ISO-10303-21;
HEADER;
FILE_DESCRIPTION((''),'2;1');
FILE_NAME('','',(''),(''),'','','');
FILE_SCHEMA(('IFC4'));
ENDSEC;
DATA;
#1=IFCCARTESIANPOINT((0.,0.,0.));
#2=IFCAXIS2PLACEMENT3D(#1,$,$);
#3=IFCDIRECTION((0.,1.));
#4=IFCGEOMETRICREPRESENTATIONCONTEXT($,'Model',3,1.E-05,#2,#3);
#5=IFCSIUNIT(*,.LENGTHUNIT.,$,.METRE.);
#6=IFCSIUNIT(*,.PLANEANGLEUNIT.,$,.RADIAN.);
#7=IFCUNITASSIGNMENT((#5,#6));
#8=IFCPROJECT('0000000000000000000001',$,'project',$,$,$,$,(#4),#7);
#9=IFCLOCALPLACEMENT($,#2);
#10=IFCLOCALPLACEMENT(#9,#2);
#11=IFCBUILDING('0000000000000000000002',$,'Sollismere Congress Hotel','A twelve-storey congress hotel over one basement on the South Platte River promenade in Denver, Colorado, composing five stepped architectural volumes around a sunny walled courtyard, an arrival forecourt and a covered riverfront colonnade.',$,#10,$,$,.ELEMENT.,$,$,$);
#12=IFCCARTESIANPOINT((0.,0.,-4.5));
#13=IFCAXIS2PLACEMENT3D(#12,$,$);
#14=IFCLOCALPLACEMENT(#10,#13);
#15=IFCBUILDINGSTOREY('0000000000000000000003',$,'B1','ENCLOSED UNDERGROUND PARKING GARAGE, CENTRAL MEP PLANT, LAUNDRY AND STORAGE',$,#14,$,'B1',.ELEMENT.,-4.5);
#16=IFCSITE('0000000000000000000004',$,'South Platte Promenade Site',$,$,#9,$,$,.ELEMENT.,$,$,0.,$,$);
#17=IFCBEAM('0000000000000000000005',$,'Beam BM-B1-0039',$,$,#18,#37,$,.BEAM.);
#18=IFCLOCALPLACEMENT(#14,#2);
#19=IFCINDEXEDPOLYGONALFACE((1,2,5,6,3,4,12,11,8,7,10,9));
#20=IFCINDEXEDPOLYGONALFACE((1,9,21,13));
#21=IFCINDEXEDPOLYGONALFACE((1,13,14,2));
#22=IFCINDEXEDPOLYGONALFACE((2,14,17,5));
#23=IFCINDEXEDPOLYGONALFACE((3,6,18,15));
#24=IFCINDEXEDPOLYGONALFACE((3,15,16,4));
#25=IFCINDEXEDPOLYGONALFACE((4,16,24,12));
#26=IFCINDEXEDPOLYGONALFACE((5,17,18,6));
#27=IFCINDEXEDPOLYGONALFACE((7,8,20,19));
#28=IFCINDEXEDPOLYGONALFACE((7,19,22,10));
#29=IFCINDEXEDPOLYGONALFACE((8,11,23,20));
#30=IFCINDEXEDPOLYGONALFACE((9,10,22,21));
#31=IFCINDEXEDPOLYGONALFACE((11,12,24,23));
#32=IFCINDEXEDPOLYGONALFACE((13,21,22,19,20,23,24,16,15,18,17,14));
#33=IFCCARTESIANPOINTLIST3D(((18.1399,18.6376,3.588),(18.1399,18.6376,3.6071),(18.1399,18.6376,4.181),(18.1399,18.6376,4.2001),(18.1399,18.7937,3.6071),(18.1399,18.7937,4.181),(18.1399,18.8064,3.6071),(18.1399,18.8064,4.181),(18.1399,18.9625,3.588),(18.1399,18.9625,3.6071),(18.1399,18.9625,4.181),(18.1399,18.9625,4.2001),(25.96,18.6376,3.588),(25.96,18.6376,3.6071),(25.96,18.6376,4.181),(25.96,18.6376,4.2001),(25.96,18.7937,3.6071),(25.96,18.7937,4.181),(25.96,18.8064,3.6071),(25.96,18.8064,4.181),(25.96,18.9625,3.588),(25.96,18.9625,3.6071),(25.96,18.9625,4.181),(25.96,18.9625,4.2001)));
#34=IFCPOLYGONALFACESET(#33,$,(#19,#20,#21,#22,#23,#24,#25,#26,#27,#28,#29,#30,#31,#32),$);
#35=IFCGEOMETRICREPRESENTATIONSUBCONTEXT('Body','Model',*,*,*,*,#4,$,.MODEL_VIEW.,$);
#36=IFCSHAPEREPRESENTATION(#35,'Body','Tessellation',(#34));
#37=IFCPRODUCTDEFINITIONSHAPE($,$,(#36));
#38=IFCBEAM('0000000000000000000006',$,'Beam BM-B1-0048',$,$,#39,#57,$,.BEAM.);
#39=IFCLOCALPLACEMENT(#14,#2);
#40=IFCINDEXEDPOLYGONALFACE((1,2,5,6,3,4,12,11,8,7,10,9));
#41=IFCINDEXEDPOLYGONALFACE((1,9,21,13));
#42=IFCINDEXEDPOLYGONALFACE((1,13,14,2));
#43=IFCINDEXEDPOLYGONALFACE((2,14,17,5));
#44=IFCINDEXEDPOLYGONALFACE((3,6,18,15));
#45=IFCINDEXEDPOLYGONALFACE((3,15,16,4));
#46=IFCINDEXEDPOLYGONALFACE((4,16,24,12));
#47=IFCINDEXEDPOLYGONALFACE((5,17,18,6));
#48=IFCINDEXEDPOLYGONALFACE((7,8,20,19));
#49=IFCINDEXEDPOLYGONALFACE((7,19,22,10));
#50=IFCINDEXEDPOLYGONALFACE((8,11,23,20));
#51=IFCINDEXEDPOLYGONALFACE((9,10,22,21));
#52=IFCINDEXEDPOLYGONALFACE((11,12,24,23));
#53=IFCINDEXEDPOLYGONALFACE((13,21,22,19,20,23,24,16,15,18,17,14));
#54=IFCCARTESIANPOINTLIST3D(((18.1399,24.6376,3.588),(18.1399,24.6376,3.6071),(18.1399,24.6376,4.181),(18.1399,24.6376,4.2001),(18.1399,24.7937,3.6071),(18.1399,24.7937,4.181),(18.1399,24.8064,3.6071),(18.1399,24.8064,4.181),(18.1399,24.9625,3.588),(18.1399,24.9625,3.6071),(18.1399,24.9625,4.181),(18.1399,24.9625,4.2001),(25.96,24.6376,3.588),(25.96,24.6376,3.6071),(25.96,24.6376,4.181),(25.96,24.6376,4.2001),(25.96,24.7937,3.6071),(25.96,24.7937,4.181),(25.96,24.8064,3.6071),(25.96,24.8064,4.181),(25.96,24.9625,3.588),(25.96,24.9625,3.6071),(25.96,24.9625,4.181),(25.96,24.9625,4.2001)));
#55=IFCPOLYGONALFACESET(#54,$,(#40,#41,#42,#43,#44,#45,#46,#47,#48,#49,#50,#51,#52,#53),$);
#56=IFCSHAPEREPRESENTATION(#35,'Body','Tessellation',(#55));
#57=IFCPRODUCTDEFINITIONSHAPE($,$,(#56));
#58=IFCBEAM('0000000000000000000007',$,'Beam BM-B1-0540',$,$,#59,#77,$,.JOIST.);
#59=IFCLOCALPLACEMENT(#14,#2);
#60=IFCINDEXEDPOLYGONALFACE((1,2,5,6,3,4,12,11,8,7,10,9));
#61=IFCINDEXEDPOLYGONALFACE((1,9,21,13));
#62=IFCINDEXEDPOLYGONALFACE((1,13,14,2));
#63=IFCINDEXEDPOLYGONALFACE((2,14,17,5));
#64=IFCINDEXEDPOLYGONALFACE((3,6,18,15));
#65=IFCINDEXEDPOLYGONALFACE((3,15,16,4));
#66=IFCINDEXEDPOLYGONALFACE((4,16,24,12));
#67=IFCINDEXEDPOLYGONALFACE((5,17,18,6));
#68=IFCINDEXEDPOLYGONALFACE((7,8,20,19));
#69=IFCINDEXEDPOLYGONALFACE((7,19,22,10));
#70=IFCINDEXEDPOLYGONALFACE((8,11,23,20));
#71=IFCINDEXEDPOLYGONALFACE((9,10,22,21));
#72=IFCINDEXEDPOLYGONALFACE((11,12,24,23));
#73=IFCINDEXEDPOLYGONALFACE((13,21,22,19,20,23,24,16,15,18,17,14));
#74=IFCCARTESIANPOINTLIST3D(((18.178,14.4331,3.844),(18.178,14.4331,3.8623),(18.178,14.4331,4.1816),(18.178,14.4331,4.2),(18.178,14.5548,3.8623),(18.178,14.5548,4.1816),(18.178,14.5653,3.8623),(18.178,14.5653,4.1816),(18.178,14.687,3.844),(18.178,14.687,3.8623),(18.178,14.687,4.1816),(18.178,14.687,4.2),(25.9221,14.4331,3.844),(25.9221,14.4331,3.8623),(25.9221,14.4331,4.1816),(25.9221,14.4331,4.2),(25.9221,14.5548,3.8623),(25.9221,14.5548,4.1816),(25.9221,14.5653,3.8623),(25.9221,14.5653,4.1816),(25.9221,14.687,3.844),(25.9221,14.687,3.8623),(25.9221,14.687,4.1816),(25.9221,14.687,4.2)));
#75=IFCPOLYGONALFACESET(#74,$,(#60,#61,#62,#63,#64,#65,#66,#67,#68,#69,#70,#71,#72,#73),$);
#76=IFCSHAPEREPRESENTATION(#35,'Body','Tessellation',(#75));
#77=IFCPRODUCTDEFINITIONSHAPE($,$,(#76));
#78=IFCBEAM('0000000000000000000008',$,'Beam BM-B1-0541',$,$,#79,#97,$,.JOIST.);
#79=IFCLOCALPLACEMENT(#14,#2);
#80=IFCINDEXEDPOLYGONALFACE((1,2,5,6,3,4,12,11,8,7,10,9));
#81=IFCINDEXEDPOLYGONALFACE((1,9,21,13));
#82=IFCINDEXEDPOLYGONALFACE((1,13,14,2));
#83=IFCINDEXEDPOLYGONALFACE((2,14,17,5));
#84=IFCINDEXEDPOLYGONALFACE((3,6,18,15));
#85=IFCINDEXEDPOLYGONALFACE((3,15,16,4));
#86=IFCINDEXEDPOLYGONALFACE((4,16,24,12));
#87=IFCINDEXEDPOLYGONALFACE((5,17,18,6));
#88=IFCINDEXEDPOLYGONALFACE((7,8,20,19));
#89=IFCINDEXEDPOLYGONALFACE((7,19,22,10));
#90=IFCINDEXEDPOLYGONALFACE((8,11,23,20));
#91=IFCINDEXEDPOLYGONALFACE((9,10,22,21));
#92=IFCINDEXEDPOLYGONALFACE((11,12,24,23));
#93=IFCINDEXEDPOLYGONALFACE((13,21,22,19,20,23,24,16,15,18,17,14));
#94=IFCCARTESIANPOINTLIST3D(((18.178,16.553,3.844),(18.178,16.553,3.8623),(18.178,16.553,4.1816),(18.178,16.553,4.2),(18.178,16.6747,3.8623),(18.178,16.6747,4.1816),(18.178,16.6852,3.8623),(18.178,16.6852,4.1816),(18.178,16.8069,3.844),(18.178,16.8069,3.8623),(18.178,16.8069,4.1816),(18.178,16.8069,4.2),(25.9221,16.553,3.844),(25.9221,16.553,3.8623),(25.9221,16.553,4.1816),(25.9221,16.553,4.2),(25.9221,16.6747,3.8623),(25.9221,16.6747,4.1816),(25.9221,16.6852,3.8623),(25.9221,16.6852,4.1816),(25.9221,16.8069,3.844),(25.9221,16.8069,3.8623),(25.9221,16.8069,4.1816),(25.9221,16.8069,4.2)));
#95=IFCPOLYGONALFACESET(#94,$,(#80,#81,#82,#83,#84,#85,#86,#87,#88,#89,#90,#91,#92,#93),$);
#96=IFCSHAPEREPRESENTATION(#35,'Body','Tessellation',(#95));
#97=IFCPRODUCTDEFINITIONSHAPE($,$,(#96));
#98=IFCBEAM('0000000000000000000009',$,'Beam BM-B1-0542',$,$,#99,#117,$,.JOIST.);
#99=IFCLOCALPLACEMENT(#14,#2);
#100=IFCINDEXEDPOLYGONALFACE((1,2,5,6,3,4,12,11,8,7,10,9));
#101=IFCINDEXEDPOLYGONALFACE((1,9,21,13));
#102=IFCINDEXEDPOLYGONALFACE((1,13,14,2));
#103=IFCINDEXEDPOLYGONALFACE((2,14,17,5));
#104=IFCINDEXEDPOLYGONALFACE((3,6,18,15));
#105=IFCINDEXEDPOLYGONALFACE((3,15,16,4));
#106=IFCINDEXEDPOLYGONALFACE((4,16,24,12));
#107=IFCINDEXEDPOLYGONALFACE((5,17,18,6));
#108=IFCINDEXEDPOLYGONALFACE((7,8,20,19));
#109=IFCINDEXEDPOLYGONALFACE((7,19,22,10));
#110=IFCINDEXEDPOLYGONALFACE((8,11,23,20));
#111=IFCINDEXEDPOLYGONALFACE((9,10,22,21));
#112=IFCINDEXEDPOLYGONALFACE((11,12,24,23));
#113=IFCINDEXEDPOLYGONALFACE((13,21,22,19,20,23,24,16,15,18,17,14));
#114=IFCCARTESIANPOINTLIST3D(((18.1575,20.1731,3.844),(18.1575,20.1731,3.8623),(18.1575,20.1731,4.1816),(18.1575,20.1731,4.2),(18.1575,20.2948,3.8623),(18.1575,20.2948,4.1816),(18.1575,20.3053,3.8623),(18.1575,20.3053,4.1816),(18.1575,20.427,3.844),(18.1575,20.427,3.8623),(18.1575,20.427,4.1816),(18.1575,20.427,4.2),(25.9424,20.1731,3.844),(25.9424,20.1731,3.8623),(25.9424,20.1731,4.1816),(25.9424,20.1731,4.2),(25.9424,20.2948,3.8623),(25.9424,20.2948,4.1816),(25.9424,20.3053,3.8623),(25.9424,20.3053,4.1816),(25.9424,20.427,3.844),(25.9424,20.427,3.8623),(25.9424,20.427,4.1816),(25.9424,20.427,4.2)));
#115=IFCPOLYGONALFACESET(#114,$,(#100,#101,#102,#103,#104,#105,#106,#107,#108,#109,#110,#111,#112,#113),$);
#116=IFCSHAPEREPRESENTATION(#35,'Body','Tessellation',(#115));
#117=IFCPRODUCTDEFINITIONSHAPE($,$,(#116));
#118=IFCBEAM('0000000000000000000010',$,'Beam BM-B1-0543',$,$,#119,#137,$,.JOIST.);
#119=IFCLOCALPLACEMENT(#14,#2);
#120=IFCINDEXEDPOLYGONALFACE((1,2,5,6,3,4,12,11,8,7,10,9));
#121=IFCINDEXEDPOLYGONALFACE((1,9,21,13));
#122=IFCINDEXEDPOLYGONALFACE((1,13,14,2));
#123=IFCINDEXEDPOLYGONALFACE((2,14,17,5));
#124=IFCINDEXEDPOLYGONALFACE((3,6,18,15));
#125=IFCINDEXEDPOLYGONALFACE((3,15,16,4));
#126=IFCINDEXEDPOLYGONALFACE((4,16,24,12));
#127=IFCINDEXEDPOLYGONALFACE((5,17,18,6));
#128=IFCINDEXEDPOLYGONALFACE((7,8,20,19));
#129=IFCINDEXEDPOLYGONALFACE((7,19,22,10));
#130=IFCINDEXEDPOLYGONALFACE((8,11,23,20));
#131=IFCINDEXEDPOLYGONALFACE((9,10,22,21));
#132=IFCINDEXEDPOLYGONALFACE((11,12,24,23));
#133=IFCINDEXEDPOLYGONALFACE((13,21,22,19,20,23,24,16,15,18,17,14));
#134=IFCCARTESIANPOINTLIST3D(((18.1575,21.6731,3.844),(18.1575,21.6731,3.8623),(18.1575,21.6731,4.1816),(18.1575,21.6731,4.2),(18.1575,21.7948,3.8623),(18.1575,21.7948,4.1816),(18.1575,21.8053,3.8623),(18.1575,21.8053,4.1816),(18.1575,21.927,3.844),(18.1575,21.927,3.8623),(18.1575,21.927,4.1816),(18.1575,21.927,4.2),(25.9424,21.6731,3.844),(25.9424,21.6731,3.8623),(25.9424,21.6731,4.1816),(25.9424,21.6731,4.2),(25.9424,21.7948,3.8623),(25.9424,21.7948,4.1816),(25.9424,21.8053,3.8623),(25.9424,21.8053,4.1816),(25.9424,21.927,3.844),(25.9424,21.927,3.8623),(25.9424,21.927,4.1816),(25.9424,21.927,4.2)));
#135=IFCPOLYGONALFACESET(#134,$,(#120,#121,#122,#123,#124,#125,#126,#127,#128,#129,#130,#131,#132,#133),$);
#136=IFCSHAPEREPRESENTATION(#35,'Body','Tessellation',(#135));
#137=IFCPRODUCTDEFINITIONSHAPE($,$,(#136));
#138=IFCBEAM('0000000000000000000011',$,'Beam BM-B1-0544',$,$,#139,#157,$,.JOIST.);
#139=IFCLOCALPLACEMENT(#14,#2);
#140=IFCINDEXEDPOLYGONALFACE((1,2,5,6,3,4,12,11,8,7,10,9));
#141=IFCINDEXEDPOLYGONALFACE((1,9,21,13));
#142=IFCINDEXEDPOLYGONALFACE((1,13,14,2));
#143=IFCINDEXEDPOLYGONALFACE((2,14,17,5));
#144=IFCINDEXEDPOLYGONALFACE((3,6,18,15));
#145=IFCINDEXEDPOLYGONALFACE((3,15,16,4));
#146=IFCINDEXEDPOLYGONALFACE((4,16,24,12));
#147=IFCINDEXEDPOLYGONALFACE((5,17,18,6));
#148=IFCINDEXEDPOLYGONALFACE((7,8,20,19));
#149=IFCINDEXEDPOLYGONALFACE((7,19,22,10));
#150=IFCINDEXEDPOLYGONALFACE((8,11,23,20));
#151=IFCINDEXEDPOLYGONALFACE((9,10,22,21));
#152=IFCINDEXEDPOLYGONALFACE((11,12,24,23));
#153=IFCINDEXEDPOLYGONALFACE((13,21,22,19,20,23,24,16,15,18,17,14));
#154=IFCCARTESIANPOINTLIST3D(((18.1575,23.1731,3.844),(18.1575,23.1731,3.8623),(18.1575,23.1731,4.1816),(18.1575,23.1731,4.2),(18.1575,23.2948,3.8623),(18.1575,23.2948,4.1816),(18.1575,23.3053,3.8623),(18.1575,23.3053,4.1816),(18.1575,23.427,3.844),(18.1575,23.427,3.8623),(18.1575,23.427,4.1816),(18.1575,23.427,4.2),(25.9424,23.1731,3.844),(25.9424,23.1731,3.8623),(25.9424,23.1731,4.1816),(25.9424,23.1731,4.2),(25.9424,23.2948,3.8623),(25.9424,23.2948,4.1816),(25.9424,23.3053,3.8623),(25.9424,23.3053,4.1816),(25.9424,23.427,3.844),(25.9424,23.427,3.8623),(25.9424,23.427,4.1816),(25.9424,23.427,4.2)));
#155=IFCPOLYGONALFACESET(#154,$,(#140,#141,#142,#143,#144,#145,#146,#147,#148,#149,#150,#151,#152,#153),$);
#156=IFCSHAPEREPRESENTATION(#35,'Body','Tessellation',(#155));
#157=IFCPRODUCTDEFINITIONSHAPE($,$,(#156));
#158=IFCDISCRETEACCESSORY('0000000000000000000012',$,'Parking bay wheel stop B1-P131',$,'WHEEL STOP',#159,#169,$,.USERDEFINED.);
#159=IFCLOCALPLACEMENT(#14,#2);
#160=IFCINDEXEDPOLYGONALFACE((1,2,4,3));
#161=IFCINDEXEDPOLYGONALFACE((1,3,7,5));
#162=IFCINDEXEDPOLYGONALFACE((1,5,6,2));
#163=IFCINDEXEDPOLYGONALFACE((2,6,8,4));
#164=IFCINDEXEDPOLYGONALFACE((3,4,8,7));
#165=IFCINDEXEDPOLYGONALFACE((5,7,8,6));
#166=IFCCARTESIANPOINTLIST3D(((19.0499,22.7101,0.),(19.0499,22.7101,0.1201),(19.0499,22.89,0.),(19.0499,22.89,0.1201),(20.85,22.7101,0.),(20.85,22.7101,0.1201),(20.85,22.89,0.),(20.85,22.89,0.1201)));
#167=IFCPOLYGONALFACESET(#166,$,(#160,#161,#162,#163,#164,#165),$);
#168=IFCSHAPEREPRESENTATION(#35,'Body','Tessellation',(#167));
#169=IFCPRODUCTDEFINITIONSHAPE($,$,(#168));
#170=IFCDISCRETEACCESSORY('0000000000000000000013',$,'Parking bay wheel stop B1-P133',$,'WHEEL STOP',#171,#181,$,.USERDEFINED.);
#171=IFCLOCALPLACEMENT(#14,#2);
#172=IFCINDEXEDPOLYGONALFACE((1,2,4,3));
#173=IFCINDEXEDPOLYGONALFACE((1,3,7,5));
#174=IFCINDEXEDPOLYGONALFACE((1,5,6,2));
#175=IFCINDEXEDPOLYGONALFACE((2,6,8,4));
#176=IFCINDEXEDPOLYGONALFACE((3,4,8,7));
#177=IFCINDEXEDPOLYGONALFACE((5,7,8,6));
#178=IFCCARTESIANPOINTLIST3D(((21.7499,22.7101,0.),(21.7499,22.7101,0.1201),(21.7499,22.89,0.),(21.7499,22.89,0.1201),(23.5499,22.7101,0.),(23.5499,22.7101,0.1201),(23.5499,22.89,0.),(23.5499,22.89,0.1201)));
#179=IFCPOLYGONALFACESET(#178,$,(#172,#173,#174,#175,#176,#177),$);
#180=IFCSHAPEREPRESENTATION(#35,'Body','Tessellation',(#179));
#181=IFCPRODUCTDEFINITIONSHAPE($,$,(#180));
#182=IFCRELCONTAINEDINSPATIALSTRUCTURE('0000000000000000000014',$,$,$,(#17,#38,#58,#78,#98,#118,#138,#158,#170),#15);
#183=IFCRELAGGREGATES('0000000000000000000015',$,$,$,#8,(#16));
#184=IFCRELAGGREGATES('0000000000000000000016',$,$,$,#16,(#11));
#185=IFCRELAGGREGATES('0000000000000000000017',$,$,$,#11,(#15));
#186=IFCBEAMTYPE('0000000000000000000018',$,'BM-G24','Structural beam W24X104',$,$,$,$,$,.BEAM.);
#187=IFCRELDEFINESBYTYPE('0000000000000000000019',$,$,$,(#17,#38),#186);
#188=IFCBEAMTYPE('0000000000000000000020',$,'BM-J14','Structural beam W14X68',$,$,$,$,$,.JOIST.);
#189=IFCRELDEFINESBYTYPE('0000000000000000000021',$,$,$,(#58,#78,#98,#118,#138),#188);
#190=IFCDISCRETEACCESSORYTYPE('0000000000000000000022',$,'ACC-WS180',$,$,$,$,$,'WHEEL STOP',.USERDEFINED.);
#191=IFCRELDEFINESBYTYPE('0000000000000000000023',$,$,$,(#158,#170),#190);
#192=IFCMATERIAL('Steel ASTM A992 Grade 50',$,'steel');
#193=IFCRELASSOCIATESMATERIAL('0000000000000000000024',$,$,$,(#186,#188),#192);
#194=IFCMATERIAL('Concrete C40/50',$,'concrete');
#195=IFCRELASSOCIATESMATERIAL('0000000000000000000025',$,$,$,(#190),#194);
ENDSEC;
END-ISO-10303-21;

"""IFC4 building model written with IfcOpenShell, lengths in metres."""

from ifc_helpers import new_model, si_unit, direction, frame, origin, origin_2d, place, context, subcontext, project, spatial, rectangle, i_section, extrude, material, material_profile, profile_set, type_object, element, save


model = new_model("IFC4")

# Units and contexts
model_context = context("Model", 3, precision=1e-05, world=origin(), true_north=direction((0.0, 1.0)))
body_context = subcontext(model_context, "Body", "Model", "MODEL_VIEW")
ifc_project = project(units=[si_unit("LENGTHUNIT", "METRE"), si_unit("PLANEANGLEUNIT", "RADIAN")], contexts=[model_context])

# Site, building, storey
site_placement = place(None, origin())
site = spatial("IfcSite", under=ifc_project, at=site_placement, Name="South Platte Promenade Site", CompositionType="ELEMENT", RefElevation=0.0)
building_placement = place(site_placement, origin())
building = spatial("IfcBuilding", under=site, at=building_placement, Name="Sollismere Congress Hotel", Description="A twelve-storey congress hotel over one basement on the South Platte River promenade in Denver, Colorado, composing five stepped architectural volumes around a sunny walled courtyard, an arrival forecourt and a covered riverfront colonnade.", CompositionType="ELEMENT")
storey_placement = place(building_placement, frame((0.0, 0.0, -4.5)))
storey = spatial("IfcBuildingStorey", under=building, at=storey_placement, Name="B1", Description="ENCLOSED UNDERGROUND PARKING GARAGE, CENTRAL MEP PLANT, LAUNDRY AND STORAGE", LongName="B1", CompositionType="ELEMENT", Elevation=-4.5)

# Shared definitions
ifc_material_1 = material(Name="Concrete C40/50", Category="concrete")

# Beams
ifc_material_2 = material(Name="Steel ASTM A992 Grade 50", Category="steel")
ifc_material_profile_1 = material_profile(ifc_material_2, i_section(OverallWidth=0.325, OverallDepth=0.6121, WebThickness=0.0127, FlangeThickness=0.019, at=origin_2d()), Name="W24X104")
ifc_profile_set_1 = profile_set([ifc_material_profile_1], Name="Steel ASTM A992 Grade 50")
beam_type_1 = type_object("IfcBeamType", Name="BM-G24", Description="Structural beam W24X104", PredefinedType="BEAM", material=ifc_profile_set_1)
for number, where, z_axis, x_axis, name in (
    (1, (18.1399, 18.8, 3.894), (1.0, 0.0, 0.0), (0.0, 1.0, 0.0), "Beam BM-B1-0039"),
    (2, (18.1399, 24.8, 3.894), (1.0, 0.0, 0.0), (0.0, 1.0, 0.0), "Beam BM-B1-0048"),
):
    element("IfcBeam", number, at=place(storey_placement, frame(where, z_axis=z_axis, x_axis=x_axis)), inside=storey, type_object=beam_type_1, Name=name, PredefinedType="BEAM", context=body_context, shape_type="SweptSolid", body=[
        extrude(i_section(OverallWidth=0.325, OverallDepth=0.6121, WebThickness=0.0127, FlangeThickness=0.019, at=origin_2d()), origin(), (0.0, 0.0, 1.0), 7.8201),
    ])
ifc_material_profile_2 = material_profile(ifc_material_2, i_section(OverallWidth=0.2539, OverallDepth=0.356, WebThickness=0.0105, FlangeThickness=0.0183, at=origin_2d()), Name="W14X68")
ifc_profile_set_2 = profile_set([ifc_material_profile_2], Name="Steel ASTM A992 Grade 50")
beam_type_2 = type_object("IfcBeamType", Name="BM-J14", Description="Structural beam W14X68", PredefinedType="JOIST", material=ifc_profile_set_2)
for number, where, z_axis, x_axis, name in (
    (3, (18.178, 14.5601, 4.022), (1.0, 0.0, 0.0), (0.0, 1.0, 0.0), "Beam BM-B1-0540"),
    (4, (18.178, 16.6799, 4.022), (1.0, 0.0, 0.0), (0.0, 1.0, 0.0), "Beam BM-B1-0541"),
):
    element("IfcBeam", number, at=place(storey_placement, frame(where, z_axis=z_axis, x_axis=x_axis)), inside=storey, type_object=beam_type_2, Name=name, PredefinedType="JOIST", context=body_context, shape_type="SweptSolid", body=[
        extrude(i_section(OverallWidth=0.2539, OverallDepth=0.356, WebThickness=0.0105, FlangeThickness=0.0183, at=origin_2d()), origin(), (0.0, 0.0, 1.0), 7.7441),
    ])
for number, where, z_axis, x_axis, name in (
    (5, (18.1575, 20.3, 4.022), (1.0, 0.0, 0.0), (0.0, 1.0, 0.0), "Beam BM-B1-0542"),
    (6, (18.1575, 21.8, 4.022), (1.0, 0.0, 0.0), (0.0, 1.0, 0.0), "Beam BM-B1-0543"),
    (7, (18.1575, 23.3, 4.022), (1.0, 0.0, 0.0), (0.0, 1.0, 0.0), "Beam BM-B1-0544"),
):
    element("IfcBeam", number, at=place(storey_placement, frame(where, z_axis=z_axis, x_axis=x_axis)), inside=storey, type_object=beam_type_2, Name=name, PredefinedType="JOIST", context=body_context, shape_type="SweptSolid", body=[
        extrude(i_section(OverallWidth=0.2539, OverallDepth=0.356, WebThickness=0.0105, FlangeThickness=0.0183, at=origin_2d()), origin(), (0.0, 0.0, 1.0), 7.7849),
    ])

# Discrete accessories
discrete_accessory_type = type_object("IfcDiscreteAccessoryType", Name="ACC-WS180", ElementType="WHEEL STOP", PredefinedType="USERDEFINED", material=ifc_material_1)
for number, where, z_axis, x_axis, name in (
    (8, (19.95, 22.8, 0.0), (0.0, 0.0, 1.0), (1.0, 0.0, 0.0), "Parking bay wheel stop B1-P131"),
    (9, (22.6499, 22.8, 0.0), (0.0, 0.0, 1.0), (1.0, 0.0, 0.0), "Parking bay wheel stop B1-P133"),
):
    element("IfcDiscreteAccessory", number, at=place(storey_placement, frame(where, z_axis=z_axis, x_axis=x_axis)), inside=storey, type_object=discrete_accessory_type, Name=name, ObjectType="WHEEL STOP", PredefinedType="USERDEFINED", context=body_context, shape_type="SweptSolid", body=[
        extrude(rectangle(XDim=1.8, YDim=0.1799, at=origin_2d()), origin(), (0.0, 0.0, 1.0), 0.1201),
    ])

save(model, "model.ifc")
